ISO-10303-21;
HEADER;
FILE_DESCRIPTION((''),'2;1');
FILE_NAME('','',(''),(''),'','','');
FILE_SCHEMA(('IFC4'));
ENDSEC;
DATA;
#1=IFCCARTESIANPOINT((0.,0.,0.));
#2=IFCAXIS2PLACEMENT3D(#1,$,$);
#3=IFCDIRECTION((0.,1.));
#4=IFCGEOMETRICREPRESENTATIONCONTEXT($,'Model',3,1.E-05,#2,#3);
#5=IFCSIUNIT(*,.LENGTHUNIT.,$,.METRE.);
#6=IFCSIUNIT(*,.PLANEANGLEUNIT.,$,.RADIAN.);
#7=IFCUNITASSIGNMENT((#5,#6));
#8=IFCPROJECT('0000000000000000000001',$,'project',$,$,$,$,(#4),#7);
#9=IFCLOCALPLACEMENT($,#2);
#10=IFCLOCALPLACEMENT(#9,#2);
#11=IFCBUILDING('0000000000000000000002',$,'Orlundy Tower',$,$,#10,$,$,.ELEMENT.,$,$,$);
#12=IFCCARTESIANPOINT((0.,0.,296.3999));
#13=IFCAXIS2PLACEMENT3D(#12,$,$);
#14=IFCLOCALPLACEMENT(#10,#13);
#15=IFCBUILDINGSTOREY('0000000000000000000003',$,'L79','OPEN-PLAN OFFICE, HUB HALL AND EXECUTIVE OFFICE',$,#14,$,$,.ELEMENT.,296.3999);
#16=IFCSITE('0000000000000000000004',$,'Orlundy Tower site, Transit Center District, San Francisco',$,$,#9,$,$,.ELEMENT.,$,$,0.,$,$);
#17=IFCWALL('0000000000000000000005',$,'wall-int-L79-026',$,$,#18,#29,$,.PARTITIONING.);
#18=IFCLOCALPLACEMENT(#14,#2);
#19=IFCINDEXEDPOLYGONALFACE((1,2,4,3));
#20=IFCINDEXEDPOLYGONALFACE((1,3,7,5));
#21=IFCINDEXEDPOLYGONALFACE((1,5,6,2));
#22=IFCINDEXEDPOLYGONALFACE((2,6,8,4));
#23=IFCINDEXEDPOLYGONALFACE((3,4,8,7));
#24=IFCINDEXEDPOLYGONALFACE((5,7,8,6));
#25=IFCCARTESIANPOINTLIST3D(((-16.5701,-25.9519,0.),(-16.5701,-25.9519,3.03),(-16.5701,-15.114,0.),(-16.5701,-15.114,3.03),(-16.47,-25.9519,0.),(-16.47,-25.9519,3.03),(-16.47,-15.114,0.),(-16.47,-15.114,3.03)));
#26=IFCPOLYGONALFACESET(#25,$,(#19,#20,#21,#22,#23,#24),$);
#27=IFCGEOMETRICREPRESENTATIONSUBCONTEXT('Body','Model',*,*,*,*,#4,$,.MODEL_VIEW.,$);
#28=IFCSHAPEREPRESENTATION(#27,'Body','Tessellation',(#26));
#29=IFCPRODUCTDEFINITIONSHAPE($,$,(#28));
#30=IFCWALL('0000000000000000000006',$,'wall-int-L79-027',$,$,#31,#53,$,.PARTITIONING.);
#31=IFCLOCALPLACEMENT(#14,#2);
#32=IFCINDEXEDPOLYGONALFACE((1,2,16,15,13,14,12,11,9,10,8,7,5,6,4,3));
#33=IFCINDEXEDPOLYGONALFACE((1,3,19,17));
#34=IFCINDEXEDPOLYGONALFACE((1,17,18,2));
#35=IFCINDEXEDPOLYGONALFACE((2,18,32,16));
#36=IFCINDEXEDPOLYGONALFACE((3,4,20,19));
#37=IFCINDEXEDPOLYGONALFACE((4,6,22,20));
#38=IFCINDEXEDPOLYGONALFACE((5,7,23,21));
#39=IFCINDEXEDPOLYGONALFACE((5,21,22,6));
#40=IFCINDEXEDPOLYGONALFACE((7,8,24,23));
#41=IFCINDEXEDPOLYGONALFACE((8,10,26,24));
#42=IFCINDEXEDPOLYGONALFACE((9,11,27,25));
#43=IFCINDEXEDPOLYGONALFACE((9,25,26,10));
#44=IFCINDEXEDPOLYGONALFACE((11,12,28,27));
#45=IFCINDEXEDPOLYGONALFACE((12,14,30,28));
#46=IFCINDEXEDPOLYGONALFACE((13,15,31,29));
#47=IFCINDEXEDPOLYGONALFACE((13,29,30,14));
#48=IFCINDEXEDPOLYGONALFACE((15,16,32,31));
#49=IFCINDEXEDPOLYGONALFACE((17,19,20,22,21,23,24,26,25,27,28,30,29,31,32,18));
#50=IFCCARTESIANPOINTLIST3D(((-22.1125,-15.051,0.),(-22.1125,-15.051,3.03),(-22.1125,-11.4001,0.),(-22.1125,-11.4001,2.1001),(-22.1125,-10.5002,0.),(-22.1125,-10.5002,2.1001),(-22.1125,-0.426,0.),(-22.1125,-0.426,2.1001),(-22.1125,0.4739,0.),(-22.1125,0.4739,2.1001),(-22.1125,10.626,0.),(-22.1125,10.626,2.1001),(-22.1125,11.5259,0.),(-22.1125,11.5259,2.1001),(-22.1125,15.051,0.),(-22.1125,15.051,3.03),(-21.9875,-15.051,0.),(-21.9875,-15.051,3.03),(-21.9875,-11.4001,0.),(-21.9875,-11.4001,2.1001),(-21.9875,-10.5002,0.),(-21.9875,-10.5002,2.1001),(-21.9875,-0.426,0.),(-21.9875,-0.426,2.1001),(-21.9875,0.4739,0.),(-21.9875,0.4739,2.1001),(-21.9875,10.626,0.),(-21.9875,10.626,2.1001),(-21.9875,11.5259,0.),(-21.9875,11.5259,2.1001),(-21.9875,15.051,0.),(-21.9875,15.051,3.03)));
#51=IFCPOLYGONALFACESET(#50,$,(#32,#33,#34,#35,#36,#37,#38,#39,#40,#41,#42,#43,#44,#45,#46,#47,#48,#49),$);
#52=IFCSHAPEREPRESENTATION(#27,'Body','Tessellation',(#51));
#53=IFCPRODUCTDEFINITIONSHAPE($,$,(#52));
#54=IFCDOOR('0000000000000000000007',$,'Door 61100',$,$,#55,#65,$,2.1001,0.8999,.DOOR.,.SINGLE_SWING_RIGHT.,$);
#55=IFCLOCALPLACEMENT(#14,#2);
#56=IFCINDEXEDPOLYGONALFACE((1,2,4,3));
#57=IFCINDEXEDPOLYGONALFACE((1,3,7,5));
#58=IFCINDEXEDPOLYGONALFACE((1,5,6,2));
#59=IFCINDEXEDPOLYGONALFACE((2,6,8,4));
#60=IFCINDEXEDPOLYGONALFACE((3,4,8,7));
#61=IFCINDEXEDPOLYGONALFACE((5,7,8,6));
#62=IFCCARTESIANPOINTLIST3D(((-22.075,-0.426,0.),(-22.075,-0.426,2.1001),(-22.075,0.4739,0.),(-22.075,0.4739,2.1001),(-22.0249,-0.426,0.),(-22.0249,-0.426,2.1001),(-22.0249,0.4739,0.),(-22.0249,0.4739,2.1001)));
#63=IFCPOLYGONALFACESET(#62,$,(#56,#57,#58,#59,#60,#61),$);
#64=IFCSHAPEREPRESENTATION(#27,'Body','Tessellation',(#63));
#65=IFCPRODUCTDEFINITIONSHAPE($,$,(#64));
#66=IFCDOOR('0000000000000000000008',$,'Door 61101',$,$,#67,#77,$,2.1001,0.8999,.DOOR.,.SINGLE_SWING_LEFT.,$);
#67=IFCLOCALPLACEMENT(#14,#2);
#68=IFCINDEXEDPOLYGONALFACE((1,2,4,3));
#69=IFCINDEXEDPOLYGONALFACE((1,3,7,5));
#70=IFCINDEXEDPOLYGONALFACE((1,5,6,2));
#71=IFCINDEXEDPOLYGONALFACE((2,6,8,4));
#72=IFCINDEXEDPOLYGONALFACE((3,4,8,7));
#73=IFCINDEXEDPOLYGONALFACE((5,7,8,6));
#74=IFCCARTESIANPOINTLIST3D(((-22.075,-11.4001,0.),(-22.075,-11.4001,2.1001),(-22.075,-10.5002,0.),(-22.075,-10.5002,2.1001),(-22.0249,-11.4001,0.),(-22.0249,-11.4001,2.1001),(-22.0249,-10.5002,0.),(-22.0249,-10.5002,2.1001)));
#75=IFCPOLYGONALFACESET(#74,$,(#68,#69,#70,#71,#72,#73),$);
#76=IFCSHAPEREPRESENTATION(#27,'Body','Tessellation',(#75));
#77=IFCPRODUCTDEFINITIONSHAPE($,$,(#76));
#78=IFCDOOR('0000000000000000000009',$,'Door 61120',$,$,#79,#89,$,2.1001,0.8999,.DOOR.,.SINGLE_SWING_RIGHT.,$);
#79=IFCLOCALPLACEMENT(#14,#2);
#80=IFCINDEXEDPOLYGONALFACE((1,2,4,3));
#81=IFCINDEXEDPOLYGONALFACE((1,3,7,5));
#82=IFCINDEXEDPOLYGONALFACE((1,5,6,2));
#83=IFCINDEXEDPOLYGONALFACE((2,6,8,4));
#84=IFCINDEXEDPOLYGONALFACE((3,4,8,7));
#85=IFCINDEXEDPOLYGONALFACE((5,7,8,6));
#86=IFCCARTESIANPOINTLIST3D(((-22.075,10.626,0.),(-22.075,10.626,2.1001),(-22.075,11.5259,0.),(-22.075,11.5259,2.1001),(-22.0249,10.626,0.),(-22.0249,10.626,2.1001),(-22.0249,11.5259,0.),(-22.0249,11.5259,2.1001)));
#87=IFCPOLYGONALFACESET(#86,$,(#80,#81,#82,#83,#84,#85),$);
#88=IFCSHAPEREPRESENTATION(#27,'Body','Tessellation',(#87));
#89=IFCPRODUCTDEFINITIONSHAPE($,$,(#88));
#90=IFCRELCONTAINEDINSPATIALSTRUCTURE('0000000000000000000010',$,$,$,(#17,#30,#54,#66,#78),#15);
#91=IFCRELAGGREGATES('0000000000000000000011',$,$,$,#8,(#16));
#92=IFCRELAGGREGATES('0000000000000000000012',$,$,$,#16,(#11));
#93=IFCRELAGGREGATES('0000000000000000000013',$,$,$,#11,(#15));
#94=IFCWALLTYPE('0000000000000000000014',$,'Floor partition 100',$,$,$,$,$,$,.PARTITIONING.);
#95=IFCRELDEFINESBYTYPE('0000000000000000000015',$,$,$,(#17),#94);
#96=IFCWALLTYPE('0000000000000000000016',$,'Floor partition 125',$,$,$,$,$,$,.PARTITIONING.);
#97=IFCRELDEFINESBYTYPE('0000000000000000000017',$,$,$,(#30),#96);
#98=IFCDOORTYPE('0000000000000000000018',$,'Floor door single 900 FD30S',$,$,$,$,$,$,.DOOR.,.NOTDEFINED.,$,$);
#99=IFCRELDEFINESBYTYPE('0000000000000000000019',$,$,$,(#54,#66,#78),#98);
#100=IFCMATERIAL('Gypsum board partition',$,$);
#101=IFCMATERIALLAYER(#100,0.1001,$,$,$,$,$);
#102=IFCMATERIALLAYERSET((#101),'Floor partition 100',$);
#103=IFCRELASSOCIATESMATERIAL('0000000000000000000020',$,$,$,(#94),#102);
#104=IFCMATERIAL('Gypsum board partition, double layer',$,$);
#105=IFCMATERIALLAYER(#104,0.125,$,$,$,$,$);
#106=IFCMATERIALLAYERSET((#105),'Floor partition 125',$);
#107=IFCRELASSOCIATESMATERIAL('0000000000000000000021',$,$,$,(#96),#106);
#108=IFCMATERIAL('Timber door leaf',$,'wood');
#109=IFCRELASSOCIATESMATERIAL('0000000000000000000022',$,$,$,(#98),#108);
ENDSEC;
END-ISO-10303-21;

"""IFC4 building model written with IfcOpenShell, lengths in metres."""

from ifc_helpers import new_model, si_unit, direction, frame, frame_2d, origin, place, context, subcontext, project, spatial, rectangle, extrude, material, layer, layer_set, type_object, element, fill, save


model = new_model("IFC4")

# Units and contexts
model_context = context("Model", 3, precision=1e-05, world=origin(), true_north=direction((0.0, 1.0)))
body_context = subcontext(model_context, "Body", "Model", "MODEL_VIEW")
ifc_project = project(units=[si_unit("LENGTHUNIT", "METRE"), si_unit("PLANEANGLEUNIT", "RADIAN")], contexts=[model_context])

# Site, building, storey
site_placement = place(None, origin())
site = spatial("IfcSite", under=ifc_project, at=site_placement, Name="Orlundy Tower site, Transit Center District, San Francisco", CompositionType="ELEMENT", RefElevation=0.0)
building_placement = place(site_placement, origin())
building = spatial("IfcBuilding", under=site, at=building_placement, Name="Orlundy Tower", CompositionType="ELEMENT")
storey_placement = place(building_placement, frame((0.0, 0.0, 296.3999)))
storey = spatial("IfcBuildingStorey", under=building, at=storey_placement, Name="L79", Description="OPEN-PLAN OFFICE, HUB HALL AND EXECUTIVE OFFICE", CompositionType="ELEMENT", Elevation=296.3999)

# Wall
ifc_material_1 = material(Name="Gypsum board partition")
ifc_layer_1 = layer(ifc_material_1, 0.1001)
ifc_layer_set_1 = layer_set([ifc_layer_1], Name="Floor partition 100")
wall_type_1 = type_object("IfcWallType", Name="Floor partition 100", PredefinedType="PARTITIONING", material=ifc_layer_set_1)
wall_1_placement = place(storey_placement, frame((-16.52, -25.9519, 0.0), z_axis=(0.0, 0.0, 1.0), x_axis=(0.0, 1.0, 0.0)))
element("IfcWall", 1, at=wall_1_placement, inside=storey, type_object=wall_type_1, Name="wall-int-L79-026", PredefinedType="PARTITIONING", context=body_context, shape_type="SweptSolid", body=[
    extrude(rectangle(XDim=10.8379, YDim=0.1001, at=frame_2d((5.4189, 0.0))), origin(), (0.0, 0.0, 1.0), 3.03),
])

# Wall, openings, doors
ifc_material_2 = material(Name="Gypsum board partition, double layer")
ifc_layer_2 = layer(ifc_material_2, 0.125)
ifc_layer_set_2 = layer_set([ifc_layer_2], Name="Floor partition 125")
wall_type_2 = type_object("IfcWallType", Name="Floor partition 125", PredefinedType="PARTITIONING", material=ifc_layer_set_2)
wall_2_placement = place(storey_placement, frame((-22.05, -15.051, 0.0), z_axis=(0.0, 0.0, 1.0), x_axis=(0.0, 1.0, 0.0)))
wall_2 = element("IfcWall", 2, at=wall_2_placement, inside=storey, type_object=wall_type_2, Name="wall-int-L79-027", PredefinedType="PARTITIONING", context=body_context, shape_type="SweptSolid", body=[
    extrude(rectangle(XDim=30.1021, YDim=0.125, at=frame_2d((15.051, 0.0))), origin(), (0.0, 0.0, 1.0), 3.03),
])
opening_1_placement = place(wall_2_placement, frame((14.625, 0.0, 0.0)))
opening_1 = element("IfcOpeningElement", 3, at=opening_1_placement, cuts=wall_2, PredefinedType="OPENING", context=body_context, shape_type="SweptSolid", body=[
    extrude(rectangle(XDim=0.8999, YDim=2.1001, at=frame_2d((0.45, 1.05))), frame((0.0, 0.0725, 0.0), z_axis=(0.0, -1.0, 0.0), x_axis=(1.0, 0.0, 0.0)), (0.0, 0.0, 1.0), 0.145),
])
opening_2_placement = place(wall_2_placement, frame((3.6509, 0.0, 0.0)))
opening_2 = element("IfcOpeningElement", 4, at=opening_2_placement, cuts=wall_2, PredefinedType="OPENING", context=body_context, shape_type="SweptSolid", body=[
    extrude(rectangle(XDim=0.8999, YDim=2.1001, at=frame_2d((0.45, 1.05))), frame((0.0, 0.0725, 0.0), z_axis=(0.0, -1.0, 0.0), x_axis=(1.0, 0.0, 0.0)), (0.0, 0.0, 1.0), 0.145),
])
opening_3_placement = place(wall_2_placement, frame((25.677, 0.0, 0.0)))
opening_3 = element("IfcOpeningElement", 5, at=opening_3_placement, cuts=wall_2, PredefinedType="OPENING", context=body_context, shape_type="SweptSolid", body=[
    extrude(rectangle(XDim=0.8999, YDim=2.1001, at=frame_2d((0.45, 1.05))), frame((0.0, 0.0725, 0.0), z_axis=(0.0, -1.0, 0.0), x_axis=(1.0, 0.0, 0.0)), (0.0, 0.0, 1.0), 0.145),
])
ifc_material_3 = material(Name="Timber door leaf", Category="wood")
door_type = type_object("IfcDoorType", Name="Floor door single 900 FD30S", OperationType="NOTDEFINED", PredefinedType="DOOR", material=ifc_material_3)
door_1_placement = place(opening_1_placement, origin())
door_1 = element("IfcDoor", 6, at=door_1_placement, inside=storey, type_object=door_type, Name="Door 61100", OperationType="SINGLE_SWING_RIGHT", OverallHeight=2.1001, OverallWidth=0.8999, PredefinedType="DOOR", context=body_context, shape_type="SweptSolid", body=[
    extrude(rectangle(XDim=0.8999, YDim=2.1001, at=frame_2d((0.45, 1.05))), frame((0.0, 0.0249, 0.0), z_axis=(0.0, -1.0, 0.0), x_axis=(1.0, 0.0, 0.0)), (0.0, 0.0, 1.0), 0.05),
])
fill(opening_1, door_1)
door_2_placement = place(opening_2_placement, origin())
door_2 = element("IfcDoor", 7, at=door_2_placement, inside=storey, type_object=door_type, Name="Door 61101", OperationType="SINGLE_SWING_LEFT", OverallHeight=2.1001, OverallWidth=0.8999, PredefinedType="DOOR", context=body_context, shape_type="SweptSolid", body=[
    extrude(rectangle(XDim=0.8999, YDim=2.1001, at=frame_2d((0.45, 1.05))), frame((0.0, 0.0249, 0.0), z_axis=(0.0, -1.0, 0.0), x_axis=(1.0, 0.0, 0.0)), (0.0, 0.0, 1.0), 0.05),
])
fill(opening_2, door_2)
door_3_placement = place(opening_3_placement, origin())
door_3 = element("IfcDoor", 8, at=door_3_placement, inside=storey, type_object=door_type, Name="Door 61120", OperationType="SINGLE_SWING_RIGHT", OverallHeight=2.1001, OverallWidth=0.8999, PredefinedType="DOOR", context=body_context, shape_type="SweptSolid", body=[
    extrude(rectangle(XDim=0.8999, YDim=2.1001, at=frame_2d((0.45, 1.05))), frame((0.0, 0.0249, 0.0), z_axis=(0.0, -1.0, 0.0), x_axis=(1.0, 0.0, 0.0)), (0.0, 0.0, 1.0), 0.05),
])
fill(opening_3, door_3)

save(model, "model.ifc")
